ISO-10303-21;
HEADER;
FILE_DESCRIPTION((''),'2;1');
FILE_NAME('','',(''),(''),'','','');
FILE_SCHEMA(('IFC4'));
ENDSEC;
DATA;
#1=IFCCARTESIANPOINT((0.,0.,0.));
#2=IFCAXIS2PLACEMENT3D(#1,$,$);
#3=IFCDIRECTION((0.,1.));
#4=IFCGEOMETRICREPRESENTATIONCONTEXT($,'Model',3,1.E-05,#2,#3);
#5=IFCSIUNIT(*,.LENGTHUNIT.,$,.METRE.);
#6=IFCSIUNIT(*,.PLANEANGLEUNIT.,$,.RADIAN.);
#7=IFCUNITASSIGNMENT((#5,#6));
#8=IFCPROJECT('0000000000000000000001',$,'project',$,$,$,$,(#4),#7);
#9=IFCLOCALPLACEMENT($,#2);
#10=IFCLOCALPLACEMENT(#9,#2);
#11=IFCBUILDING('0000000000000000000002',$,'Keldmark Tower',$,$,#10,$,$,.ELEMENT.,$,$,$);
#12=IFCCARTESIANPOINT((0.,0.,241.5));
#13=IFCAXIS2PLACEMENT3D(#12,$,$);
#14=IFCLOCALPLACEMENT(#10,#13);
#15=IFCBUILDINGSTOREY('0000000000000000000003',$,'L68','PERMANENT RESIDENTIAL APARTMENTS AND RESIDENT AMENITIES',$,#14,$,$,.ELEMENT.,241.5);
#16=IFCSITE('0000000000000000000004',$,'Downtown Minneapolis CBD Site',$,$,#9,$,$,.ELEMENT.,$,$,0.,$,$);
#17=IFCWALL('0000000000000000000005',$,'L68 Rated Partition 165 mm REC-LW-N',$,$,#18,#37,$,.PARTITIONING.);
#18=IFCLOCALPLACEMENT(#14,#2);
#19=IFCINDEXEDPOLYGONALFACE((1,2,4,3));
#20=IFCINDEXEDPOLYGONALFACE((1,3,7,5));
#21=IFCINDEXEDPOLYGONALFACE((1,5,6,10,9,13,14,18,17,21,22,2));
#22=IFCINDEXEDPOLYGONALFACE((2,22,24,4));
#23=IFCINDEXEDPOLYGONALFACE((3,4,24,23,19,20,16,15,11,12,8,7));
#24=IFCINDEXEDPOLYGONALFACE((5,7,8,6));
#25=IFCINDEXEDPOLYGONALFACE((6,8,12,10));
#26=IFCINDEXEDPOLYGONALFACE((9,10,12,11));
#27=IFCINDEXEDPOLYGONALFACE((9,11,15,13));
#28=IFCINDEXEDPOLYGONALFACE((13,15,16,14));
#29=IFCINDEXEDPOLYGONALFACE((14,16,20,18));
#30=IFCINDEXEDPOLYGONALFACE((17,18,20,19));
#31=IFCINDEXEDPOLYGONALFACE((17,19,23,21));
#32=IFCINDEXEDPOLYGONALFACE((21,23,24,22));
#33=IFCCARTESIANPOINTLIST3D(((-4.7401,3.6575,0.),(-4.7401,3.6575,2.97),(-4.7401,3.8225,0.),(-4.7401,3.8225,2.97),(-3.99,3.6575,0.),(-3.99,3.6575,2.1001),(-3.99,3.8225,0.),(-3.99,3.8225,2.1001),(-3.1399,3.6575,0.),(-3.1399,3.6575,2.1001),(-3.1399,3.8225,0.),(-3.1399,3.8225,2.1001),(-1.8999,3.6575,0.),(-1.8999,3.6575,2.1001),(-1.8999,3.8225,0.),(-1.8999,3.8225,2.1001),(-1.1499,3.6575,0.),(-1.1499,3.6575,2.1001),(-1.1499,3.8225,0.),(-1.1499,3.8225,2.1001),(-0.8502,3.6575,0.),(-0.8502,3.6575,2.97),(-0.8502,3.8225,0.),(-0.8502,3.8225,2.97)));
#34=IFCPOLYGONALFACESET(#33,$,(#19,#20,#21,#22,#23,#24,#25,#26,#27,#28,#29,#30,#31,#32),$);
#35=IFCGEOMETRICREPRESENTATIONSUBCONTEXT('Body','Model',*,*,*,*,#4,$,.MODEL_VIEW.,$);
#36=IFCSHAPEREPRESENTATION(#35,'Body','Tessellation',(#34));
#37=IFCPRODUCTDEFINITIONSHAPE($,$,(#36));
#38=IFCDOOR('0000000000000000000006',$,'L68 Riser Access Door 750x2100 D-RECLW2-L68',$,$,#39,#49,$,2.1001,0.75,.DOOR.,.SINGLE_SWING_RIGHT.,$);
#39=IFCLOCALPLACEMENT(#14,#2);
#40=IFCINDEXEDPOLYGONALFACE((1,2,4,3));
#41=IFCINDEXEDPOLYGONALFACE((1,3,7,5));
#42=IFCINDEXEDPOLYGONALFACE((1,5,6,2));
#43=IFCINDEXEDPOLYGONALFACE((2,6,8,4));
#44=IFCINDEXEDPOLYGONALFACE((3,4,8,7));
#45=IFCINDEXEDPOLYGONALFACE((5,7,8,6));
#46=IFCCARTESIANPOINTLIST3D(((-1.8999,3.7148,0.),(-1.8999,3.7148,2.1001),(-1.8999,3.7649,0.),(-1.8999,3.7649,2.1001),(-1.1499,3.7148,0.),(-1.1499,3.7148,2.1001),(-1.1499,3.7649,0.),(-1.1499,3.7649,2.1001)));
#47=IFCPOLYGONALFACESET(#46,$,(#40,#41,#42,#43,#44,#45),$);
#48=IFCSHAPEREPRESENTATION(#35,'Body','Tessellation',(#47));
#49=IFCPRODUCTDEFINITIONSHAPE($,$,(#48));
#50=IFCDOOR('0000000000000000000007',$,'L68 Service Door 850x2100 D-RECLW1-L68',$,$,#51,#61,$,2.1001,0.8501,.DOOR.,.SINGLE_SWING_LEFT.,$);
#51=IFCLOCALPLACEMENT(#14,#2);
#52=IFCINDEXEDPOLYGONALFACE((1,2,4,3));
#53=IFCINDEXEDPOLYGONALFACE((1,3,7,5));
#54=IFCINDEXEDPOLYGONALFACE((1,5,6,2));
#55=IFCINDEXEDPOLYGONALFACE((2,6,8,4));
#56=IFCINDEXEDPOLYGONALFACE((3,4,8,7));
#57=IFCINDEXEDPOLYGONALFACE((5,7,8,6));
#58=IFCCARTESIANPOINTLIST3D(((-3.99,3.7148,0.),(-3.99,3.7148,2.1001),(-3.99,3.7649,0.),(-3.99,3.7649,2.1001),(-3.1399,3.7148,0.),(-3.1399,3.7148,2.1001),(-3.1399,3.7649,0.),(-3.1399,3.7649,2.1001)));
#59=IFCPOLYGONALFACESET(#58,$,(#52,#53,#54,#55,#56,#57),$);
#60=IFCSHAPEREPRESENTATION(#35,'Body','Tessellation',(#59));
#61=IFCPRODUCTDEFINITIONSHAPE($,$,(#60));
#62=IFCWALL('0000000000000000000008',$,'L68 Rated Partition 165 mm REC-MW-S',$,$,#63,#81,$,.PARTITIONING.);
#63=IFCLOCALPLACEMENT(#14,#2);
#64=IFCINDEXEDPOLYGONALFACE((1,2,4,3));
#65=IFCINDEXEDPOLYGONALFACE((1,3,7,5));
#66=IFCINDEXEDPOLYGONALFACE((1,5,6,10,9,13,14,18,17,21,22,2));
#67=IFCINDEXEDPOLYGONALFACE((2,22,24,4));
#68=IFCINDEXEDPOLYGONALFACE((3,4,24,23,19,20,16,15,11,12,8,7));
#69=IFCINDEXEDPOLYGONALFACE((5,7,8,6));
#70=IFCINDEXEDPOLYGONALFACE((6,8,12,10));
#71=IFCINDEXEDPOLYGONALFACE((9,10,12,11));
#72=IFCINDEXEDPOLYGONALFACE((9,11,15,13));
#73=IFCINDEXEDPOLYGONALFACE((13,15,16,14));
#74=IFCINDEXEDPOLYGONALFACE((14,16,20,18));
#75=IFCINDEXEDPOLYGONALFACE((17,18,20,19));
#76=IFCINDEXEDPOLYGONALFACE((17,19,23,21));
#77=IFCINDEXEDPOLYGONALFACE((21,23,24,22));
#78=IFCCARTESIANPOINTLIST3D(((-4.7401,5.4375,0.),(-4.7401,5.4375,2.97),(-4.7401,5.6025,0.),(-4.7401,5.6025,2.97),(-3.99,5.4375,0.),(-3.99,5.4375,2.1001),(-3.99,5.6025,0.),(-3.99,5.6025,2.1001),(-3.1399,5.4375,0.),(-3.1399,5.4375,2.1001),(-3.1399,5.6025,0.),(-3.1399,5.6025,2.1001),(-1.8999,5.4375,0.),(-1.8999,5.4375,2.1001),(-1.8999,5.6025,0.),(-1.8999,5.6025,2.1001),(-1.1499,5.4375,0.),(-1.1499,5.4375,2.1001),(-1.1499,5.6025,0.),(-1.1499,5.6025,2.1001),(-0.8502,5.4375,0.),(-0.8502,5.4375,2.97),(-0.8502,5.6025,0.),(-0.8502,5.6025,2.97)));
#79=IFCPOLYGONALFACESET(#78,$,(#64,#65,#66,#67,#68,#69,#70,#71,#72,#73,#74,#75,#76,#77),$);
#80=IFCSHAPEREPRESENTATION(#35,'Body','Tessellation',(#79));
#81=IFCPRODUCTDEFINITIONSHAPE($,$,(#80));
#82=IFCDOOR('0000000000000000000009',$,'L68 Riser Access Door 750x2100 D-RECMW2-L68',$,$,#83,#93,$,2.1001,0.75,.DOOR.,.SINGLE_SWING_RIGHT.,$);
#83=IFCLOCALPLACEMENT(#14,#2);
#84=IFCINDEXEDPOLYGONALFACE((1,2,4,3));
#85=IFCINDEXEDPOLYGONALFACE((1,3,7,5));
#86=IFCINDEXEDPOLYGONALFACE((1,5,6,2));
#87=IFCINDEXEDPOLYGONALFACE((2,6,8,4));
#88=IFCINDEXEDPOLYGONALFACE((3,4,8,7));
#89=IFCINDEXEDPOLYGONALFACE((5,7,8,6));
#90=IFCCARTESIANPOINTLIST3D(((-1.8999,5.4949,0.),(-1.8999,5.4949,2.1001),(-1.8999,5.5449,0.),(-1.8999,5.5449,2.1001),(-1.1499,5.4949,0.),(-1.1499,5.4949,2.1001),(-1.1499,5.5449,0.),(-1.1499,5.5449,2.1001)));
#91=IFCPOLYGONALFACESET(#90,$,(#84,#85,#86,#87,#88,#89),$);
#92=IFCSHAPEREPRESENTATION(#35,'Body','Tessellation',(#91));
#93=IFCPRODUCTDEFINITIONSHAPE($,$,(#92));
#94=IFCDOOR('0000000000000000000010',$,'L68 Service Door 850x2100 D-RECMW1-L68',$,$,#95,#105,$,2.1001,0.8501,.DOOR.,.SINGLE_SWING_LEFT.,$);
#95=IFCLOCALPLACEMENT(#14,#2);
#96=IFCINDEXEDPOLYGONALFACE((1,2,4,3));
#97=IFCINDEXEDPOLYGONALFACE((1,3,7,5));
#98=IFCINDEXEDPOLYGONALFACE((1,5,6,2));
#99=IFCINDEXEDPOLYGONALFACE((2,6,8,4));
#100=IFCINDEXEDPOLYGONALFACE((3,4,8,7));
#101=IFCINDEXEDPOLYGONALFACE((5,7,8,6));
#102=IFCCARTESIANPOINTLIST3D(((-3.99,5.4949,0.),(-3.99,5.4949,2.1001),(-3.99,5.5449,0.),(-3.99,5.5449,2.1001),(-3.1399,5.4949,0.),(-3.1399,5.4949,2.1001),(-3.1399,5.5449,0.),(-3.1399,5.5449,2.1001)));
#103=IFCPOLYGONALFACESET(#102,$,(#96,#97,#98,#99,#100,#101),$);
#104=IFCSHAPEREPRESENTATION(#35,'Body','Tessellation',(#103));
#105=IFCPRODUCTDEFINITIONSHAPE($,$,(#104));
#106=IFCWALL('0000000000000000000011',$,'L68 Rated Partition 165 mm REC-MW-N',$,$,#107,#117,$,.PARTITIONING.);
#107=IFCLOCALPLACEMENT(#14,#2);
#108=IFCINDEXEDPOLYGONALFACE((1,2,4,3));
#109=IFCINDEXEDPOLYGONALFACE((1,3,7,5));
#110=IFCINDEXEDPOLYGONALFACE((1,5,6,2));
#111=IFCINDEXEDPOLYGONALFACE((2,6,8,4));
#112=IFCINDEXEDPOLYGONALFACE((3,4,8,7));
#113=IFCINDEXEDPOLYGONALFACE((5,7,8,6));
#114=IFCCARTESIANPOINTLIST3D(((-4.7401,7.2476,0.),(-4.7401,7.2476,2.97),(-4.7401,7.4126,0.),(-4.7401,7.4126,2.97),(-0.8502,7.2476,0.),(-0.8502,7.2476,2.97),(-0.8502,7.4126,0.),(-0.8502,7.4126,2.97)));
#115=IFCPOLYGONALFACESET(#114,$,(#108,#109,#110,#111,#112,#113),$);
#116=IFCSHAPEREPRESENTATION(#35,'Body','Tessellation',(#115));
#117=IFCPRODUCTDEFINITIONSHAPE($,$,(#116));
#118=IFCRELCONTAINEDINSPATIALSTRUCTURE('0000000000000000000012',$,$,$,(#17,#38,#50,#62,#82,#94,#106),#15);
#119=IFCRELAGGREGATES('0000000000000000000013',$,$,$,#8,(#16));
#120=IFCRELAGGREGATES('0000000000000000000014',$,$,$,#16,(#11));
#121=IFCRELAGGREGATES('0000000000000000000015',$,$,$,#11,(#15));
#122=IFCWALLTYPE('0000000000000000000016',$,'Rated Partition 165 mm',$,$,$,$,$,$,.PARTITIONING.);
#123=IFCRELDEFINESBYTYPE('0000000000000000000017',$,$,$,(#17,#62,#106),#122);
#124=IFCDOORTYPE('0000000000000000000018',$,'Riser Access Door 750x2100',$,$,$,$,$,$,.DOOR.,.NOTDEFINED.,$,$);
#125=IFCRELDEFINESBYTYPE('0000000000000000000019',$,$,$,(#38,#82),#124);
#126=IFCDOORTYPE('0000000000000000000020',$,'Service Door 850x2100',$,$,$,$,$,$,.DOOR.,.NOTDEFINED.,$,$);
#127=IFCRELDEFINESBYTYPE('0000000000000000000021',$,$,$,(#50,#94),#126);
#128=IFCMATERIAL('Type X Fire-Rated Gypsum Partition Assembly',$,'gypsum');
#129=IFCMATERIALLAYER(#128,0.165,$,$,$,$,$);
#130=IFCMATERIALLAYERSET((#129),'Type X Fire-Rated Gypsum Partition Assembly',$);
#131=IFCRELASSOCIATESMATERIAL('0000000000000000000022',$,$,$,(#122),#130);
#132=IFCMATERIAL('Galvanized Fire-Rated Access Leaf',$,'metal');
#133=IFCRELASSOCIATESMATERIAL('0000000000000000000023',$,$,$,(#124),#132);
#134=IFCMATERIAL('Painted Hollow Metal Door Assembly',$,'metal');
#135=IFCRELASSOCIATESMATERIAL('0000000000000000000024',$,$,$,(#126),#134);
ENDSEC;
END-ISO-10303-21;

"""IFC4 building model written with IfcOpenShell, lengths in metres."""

from ifc_helpers import new_model, si_unit, direction, frame, frame_2d, origin, place, context, subcontext, project, spatial, rectangle, extrude, material, layer, layer_set, type_object, element, fill, save


model = new_model("IFC4")

# Units and contexts
model_context = context("Model", 3, precision=1e-05, world=origin(), true_north=direction((0.0, 1.0)))
body_context = subcontext(model_context, "Body", "Model", "MODEL_VIEW")
ifc_project = project(units=[si_unit("LENGTHUNIT", "METRE"), si_unit("PLANEANGLEUNIT", "RADIAN")], contexts=[model_context])

# Site, building, storey
site_placement = place(None, origin())
site = spatial("IfcSite", under=ifc_project, at=site_placement, Name="Downtown Minneapolis CBD Site", CompositionType="ELEMENT", RefElevation=0.0)
building_placement = place(site_placement, origin())
building = spatial("IfcBuilding", under=site, at=building_placement, Name="Keldmark Tower", CompositionType="ELEMENT")
storey_placement = place(building_placement, frame((0.0, 0.0, 241.5)))
storey = spatial("IfcBuildingStorey", under=building, at=storey_placement, Name="L68", Description="PERMANENT RESIDENTIAL APARTMENTS AND RESIDENT AMENITIES", CompositionType="ELEMENT", Elevation=241.5)

# Shared definitions
ifc_material_1 = material(Name="Type X Fire-Rated Gypsum Partition Assembly", Category="gypsum")
ifc_layer_1 = layer(ifc_material_1, 0.165)
ifc_layer_set_1 = layer_set([ifc_layer_1], Name="Type X Fire-Rated Gypsum Partition Assembly")
wall_type_1 = type_object("IfcWallType", Name="Rated Partition 165 mm", PredefinedType="PARTITIONING", material=ifc_layer_set_1)

# Walls, openings, doors
wall_1_placement = place(storey_placement, frame((-4.74, 3.74, 0.0), z_axis=(0.0, 0.0, 1.0), x_axis=(1.0, 0.0, 0.0)))
wall_1 = element("IfcWall", 1, at=wall_1_placement, inside=storey, type_object=wall_type_1, Name="L68 Rated Partition 165 mm REC-LW-N", PredefinedType="PARTITIONING", context=body_context, shape_type="SweptSolid", body=[
    extrude(rectangle(XDim=3.8899, YDim=0.165, at=frame_2d((1.9448, 0.0))), origin(), (0.0, 0.0, 1.0), 2.97),
])
opening_1_placement = place(wall_1_placement, frame((0.75, 0.0, 0.0)))
opening_1 = element("IfcOpeningElement", 2, at=opening_1_placement, cuts=wall_1, PredefinedType="OPENING", context=body_context, shape_type="SweptSolid", body=[
    extrude(rectangle(XDim=0.8501, YDim=2.1001, at=frame_2d((0.425, 1.05))), frame((0.0, 0.0925, 0.0), z_axis=(0.0, -1.0, 0.0), x_axis=(1.0, 0.0, 0.0)), (0.0, 0.0, 1.0), 0.1851),
])
opening_2_placement = place(wall_1_placement, frame((2.8401, 0.0, 0.0)))
opening_2 = element("IfcOpeningElement", 3, at=opening_2_placement, cuts=wall_1, PredefinedType="OPENING", context=body_context, shape_type="SweptSolid", body=[
    extrude(rectangle(XDim=0.75, YDim=2.1001, at=frame_2d((0.375, 1.05))), frame((0.0, 0.0925, 0.0), z_axis=(0.0, -1.0, 0.0), x_axis=(1.0, 0.0, 0.0)), (0.0, 0.0, 1.0), 0.1851),
])
ifc_material_2 = material(Name="Galvanized Fire-Rated Access Leaf", Category="metal")
door_type_1 = type_object("IfcDoorType", Name="Riser Access Door 750x2100", OperationType="NOTDEFINED", PredefinedType="DOOR", material=ifc_material_2)
door_1_placement = place(opening_2_placement, origin())
door_1 = element("IfcDoor", 4, at=door_1_placement, inside=storey, type_object=door_type_1, Name="L68 Riser Access Door 750x2100 D-RECLW2-L68", OperationType="SINGLE_SWING_RIGHT", OverallHeight=2.1001, OverallWidth=0.75, PredefinedType="DOOR", context=body_context, shape_type="SweptSolid", body=[
    extrude(rectangle(XDim=0.75, YDim=2.1001, at=frame_2d((0.375, 1.05))), frame((0.0, 0.0249, 0.0), z_axis=(0.0, -1.0, 0.0), x_axis=(1.0, 0.0, 0.0)), (0.0, 0.0, 1.0), 0.05),
])
fill(opening_2, door_1)
ifc_material_3 = material(Name="Painted Hollow Metal Door Assembly", Category="metal")
door_type_2 = type_object("IfcDoorType", Name="Service Door 850x2100", OperationType="NOTDEFINED", PredefinedType="DOOR", material=ifc_material_3)
door_2_placement = place(opening_1_placement, origin())
door_2 = element("IfcDoor", 5, at=door_2_placement, inside=storey, type_object=door_type_2, Name="L68 Service Door 850x2100 D-RECLW1-L68", OperationType="SINGLE_SWING_LEFT", OverallHeight=2.1001, OverallWidth=0.8501, PredefinedType="DOOR", context=body_context, shape_type="SweptSolid", body=[
    extrude(rectangle(XDim=0.8501, YDim=2.1001, at=frame_2d((0.425, 1.05))), frame((0.0, 0.0249, 0.0), z_axis=(0.0, -1.0, 0.0), x_axis=(1.0, 0.0, 0.0)), (0.0, 0.0, 1.0), 0.05),
])
fill(opening_1, door_2)
wall_2_placement = place(storey_placement, frame((-4.74, 5.52, 0.0), z_axis=(0.0, 0.0, 1.0), x_axis=(1.0, 0.0, 0.0)))
wall_2 = element("IfcWall", 6, at=wall_2_placement, inside=storey, type_object=wall_type_1, Name="L68 Rated Partition 165 mm REC-MW-S", PredefinedType="PARTITIONING", context=body_context, shape_type="SweptSolid", body=[
    extrude(rectangle(XDim=3.8899, YDim=0.165, at=frame_2d((1.9448, 0.0))), origin(), (0.0, 0.0, 1.0), 2.97),
])
opening_3_placement = place(wall_2_placement, frame((0.75, 0.0, 0.0)))
opening_3 = element("IfcOpeningElement", 7, at=opening_3_placement, cuts=wall_2, PredefinedType="OPENING", context=body_context, shape_type="SweptSolid", body=[
    extrude(rectangle(XDim=0.8501, YDim=2.1001, at=frame_2d((0.425, 1.05))), frame((0.0, 0.0925, 0.0), z_axis=(0.0, -1.0, 0.0), x_axis=(1.0, 0.0, 0.0)), (0.0, 0.0, 1.0), 0.1851),
])
opening_4_placement = place(wall_2_placement, frame((2.8401, 0.0, 0.0)))
opening_4 = element("IfcOpeningElement", 8, at=opening_4_placement, cuts=wall_2, PredefinedType="OPENING", context=body_context, shape_type="SweptSolid", body=[
    extrude(rectangle(XDim=0.75, YDim=2.1001, at=frame_2d((0.375, 1.05))), frame((0.0, 0.0925, 0.0), z_axis=(0.0, -1.0, 0.0), x_axis=(1.0, 0.0, 0.0)), (0.0, 0.0, 1.0), 0.1851),
])
door_3_placement = place(opening_4_placement, origin())
door_3 = element("IfcDoor", 9, at=door_3_placement, inside=storey, type_object=door_type_1, Name="L68 Riser Access Door 750x2100 D-RECMW2-L68", OperationType="SINGLE_SWING_RIGHT", OverallHeight=2.1001, OverallWidth=0.75, PredefinedType="DOOR", context=body_context, shape_type="SweptSolid", body=[
    extrude(rectangle(XDim=0.75, YDim=2.1001, at=frame_2d((0.375, 1.05))), frame((0.0, 0.0249, 0.0), z_axis=(0.0, -1.0, 0.0), x_axis=(1.0, 0.0, 0.0)), (0.0, 0.0, 1.0), 0.05),
])
fill(opening_4, door_3)
door_4_placement = place(opening_3_placement, origin())
door_4 = element("IfcDoor", 10, at=door_4_placement, inside=storey, type_object=door_type_2, Name="L68 Service Door 850x2100 D-RECMW1-L68", OperationType="SINGLE_SWING_LEFT", OverallHeight=2.1001, OverallWidth=0.8501, PredefinedType="DOOR", context=body_context, shape_type="SweptSolid", body=[
    extrude(rectangle(XDim=0.8501, YDim=2.1001, at=frame_2d((0.425, 1.05))), frame((0.0, 0.0249, 0.0), z_axis=(0.0, -1.0, 0.0), x_axis=(1.0, 0.0, 0.0)), (0.0, 0.0, 1.0), 0.05),
])
fill(opening_3, door_4)

# Wall
wall_3_placement = place(storey_placement, frame((-4.74, 7.3301, 0.0), z_axis=(0.0, 0.0, 1.0), x_axis=(1.0, 0.0, 0.0)))
element("IfcWall", 11, at=wall_3_placement, inside=storey, type_object=wall_type_1, Name="L68 Rated Partition 165 mm REC-MW-N", PredefinedType="PARTITIONING", context=body_context, shape_type="SweptSolid", body=[
    extrude(rectangle(XDim=3.8899, YDim=0.165, at=frame_2d((1.9448, 0.0))), origin(), (0.0, 0.0, 1.0), 2.97),
])

save(model, "model.ifc")
